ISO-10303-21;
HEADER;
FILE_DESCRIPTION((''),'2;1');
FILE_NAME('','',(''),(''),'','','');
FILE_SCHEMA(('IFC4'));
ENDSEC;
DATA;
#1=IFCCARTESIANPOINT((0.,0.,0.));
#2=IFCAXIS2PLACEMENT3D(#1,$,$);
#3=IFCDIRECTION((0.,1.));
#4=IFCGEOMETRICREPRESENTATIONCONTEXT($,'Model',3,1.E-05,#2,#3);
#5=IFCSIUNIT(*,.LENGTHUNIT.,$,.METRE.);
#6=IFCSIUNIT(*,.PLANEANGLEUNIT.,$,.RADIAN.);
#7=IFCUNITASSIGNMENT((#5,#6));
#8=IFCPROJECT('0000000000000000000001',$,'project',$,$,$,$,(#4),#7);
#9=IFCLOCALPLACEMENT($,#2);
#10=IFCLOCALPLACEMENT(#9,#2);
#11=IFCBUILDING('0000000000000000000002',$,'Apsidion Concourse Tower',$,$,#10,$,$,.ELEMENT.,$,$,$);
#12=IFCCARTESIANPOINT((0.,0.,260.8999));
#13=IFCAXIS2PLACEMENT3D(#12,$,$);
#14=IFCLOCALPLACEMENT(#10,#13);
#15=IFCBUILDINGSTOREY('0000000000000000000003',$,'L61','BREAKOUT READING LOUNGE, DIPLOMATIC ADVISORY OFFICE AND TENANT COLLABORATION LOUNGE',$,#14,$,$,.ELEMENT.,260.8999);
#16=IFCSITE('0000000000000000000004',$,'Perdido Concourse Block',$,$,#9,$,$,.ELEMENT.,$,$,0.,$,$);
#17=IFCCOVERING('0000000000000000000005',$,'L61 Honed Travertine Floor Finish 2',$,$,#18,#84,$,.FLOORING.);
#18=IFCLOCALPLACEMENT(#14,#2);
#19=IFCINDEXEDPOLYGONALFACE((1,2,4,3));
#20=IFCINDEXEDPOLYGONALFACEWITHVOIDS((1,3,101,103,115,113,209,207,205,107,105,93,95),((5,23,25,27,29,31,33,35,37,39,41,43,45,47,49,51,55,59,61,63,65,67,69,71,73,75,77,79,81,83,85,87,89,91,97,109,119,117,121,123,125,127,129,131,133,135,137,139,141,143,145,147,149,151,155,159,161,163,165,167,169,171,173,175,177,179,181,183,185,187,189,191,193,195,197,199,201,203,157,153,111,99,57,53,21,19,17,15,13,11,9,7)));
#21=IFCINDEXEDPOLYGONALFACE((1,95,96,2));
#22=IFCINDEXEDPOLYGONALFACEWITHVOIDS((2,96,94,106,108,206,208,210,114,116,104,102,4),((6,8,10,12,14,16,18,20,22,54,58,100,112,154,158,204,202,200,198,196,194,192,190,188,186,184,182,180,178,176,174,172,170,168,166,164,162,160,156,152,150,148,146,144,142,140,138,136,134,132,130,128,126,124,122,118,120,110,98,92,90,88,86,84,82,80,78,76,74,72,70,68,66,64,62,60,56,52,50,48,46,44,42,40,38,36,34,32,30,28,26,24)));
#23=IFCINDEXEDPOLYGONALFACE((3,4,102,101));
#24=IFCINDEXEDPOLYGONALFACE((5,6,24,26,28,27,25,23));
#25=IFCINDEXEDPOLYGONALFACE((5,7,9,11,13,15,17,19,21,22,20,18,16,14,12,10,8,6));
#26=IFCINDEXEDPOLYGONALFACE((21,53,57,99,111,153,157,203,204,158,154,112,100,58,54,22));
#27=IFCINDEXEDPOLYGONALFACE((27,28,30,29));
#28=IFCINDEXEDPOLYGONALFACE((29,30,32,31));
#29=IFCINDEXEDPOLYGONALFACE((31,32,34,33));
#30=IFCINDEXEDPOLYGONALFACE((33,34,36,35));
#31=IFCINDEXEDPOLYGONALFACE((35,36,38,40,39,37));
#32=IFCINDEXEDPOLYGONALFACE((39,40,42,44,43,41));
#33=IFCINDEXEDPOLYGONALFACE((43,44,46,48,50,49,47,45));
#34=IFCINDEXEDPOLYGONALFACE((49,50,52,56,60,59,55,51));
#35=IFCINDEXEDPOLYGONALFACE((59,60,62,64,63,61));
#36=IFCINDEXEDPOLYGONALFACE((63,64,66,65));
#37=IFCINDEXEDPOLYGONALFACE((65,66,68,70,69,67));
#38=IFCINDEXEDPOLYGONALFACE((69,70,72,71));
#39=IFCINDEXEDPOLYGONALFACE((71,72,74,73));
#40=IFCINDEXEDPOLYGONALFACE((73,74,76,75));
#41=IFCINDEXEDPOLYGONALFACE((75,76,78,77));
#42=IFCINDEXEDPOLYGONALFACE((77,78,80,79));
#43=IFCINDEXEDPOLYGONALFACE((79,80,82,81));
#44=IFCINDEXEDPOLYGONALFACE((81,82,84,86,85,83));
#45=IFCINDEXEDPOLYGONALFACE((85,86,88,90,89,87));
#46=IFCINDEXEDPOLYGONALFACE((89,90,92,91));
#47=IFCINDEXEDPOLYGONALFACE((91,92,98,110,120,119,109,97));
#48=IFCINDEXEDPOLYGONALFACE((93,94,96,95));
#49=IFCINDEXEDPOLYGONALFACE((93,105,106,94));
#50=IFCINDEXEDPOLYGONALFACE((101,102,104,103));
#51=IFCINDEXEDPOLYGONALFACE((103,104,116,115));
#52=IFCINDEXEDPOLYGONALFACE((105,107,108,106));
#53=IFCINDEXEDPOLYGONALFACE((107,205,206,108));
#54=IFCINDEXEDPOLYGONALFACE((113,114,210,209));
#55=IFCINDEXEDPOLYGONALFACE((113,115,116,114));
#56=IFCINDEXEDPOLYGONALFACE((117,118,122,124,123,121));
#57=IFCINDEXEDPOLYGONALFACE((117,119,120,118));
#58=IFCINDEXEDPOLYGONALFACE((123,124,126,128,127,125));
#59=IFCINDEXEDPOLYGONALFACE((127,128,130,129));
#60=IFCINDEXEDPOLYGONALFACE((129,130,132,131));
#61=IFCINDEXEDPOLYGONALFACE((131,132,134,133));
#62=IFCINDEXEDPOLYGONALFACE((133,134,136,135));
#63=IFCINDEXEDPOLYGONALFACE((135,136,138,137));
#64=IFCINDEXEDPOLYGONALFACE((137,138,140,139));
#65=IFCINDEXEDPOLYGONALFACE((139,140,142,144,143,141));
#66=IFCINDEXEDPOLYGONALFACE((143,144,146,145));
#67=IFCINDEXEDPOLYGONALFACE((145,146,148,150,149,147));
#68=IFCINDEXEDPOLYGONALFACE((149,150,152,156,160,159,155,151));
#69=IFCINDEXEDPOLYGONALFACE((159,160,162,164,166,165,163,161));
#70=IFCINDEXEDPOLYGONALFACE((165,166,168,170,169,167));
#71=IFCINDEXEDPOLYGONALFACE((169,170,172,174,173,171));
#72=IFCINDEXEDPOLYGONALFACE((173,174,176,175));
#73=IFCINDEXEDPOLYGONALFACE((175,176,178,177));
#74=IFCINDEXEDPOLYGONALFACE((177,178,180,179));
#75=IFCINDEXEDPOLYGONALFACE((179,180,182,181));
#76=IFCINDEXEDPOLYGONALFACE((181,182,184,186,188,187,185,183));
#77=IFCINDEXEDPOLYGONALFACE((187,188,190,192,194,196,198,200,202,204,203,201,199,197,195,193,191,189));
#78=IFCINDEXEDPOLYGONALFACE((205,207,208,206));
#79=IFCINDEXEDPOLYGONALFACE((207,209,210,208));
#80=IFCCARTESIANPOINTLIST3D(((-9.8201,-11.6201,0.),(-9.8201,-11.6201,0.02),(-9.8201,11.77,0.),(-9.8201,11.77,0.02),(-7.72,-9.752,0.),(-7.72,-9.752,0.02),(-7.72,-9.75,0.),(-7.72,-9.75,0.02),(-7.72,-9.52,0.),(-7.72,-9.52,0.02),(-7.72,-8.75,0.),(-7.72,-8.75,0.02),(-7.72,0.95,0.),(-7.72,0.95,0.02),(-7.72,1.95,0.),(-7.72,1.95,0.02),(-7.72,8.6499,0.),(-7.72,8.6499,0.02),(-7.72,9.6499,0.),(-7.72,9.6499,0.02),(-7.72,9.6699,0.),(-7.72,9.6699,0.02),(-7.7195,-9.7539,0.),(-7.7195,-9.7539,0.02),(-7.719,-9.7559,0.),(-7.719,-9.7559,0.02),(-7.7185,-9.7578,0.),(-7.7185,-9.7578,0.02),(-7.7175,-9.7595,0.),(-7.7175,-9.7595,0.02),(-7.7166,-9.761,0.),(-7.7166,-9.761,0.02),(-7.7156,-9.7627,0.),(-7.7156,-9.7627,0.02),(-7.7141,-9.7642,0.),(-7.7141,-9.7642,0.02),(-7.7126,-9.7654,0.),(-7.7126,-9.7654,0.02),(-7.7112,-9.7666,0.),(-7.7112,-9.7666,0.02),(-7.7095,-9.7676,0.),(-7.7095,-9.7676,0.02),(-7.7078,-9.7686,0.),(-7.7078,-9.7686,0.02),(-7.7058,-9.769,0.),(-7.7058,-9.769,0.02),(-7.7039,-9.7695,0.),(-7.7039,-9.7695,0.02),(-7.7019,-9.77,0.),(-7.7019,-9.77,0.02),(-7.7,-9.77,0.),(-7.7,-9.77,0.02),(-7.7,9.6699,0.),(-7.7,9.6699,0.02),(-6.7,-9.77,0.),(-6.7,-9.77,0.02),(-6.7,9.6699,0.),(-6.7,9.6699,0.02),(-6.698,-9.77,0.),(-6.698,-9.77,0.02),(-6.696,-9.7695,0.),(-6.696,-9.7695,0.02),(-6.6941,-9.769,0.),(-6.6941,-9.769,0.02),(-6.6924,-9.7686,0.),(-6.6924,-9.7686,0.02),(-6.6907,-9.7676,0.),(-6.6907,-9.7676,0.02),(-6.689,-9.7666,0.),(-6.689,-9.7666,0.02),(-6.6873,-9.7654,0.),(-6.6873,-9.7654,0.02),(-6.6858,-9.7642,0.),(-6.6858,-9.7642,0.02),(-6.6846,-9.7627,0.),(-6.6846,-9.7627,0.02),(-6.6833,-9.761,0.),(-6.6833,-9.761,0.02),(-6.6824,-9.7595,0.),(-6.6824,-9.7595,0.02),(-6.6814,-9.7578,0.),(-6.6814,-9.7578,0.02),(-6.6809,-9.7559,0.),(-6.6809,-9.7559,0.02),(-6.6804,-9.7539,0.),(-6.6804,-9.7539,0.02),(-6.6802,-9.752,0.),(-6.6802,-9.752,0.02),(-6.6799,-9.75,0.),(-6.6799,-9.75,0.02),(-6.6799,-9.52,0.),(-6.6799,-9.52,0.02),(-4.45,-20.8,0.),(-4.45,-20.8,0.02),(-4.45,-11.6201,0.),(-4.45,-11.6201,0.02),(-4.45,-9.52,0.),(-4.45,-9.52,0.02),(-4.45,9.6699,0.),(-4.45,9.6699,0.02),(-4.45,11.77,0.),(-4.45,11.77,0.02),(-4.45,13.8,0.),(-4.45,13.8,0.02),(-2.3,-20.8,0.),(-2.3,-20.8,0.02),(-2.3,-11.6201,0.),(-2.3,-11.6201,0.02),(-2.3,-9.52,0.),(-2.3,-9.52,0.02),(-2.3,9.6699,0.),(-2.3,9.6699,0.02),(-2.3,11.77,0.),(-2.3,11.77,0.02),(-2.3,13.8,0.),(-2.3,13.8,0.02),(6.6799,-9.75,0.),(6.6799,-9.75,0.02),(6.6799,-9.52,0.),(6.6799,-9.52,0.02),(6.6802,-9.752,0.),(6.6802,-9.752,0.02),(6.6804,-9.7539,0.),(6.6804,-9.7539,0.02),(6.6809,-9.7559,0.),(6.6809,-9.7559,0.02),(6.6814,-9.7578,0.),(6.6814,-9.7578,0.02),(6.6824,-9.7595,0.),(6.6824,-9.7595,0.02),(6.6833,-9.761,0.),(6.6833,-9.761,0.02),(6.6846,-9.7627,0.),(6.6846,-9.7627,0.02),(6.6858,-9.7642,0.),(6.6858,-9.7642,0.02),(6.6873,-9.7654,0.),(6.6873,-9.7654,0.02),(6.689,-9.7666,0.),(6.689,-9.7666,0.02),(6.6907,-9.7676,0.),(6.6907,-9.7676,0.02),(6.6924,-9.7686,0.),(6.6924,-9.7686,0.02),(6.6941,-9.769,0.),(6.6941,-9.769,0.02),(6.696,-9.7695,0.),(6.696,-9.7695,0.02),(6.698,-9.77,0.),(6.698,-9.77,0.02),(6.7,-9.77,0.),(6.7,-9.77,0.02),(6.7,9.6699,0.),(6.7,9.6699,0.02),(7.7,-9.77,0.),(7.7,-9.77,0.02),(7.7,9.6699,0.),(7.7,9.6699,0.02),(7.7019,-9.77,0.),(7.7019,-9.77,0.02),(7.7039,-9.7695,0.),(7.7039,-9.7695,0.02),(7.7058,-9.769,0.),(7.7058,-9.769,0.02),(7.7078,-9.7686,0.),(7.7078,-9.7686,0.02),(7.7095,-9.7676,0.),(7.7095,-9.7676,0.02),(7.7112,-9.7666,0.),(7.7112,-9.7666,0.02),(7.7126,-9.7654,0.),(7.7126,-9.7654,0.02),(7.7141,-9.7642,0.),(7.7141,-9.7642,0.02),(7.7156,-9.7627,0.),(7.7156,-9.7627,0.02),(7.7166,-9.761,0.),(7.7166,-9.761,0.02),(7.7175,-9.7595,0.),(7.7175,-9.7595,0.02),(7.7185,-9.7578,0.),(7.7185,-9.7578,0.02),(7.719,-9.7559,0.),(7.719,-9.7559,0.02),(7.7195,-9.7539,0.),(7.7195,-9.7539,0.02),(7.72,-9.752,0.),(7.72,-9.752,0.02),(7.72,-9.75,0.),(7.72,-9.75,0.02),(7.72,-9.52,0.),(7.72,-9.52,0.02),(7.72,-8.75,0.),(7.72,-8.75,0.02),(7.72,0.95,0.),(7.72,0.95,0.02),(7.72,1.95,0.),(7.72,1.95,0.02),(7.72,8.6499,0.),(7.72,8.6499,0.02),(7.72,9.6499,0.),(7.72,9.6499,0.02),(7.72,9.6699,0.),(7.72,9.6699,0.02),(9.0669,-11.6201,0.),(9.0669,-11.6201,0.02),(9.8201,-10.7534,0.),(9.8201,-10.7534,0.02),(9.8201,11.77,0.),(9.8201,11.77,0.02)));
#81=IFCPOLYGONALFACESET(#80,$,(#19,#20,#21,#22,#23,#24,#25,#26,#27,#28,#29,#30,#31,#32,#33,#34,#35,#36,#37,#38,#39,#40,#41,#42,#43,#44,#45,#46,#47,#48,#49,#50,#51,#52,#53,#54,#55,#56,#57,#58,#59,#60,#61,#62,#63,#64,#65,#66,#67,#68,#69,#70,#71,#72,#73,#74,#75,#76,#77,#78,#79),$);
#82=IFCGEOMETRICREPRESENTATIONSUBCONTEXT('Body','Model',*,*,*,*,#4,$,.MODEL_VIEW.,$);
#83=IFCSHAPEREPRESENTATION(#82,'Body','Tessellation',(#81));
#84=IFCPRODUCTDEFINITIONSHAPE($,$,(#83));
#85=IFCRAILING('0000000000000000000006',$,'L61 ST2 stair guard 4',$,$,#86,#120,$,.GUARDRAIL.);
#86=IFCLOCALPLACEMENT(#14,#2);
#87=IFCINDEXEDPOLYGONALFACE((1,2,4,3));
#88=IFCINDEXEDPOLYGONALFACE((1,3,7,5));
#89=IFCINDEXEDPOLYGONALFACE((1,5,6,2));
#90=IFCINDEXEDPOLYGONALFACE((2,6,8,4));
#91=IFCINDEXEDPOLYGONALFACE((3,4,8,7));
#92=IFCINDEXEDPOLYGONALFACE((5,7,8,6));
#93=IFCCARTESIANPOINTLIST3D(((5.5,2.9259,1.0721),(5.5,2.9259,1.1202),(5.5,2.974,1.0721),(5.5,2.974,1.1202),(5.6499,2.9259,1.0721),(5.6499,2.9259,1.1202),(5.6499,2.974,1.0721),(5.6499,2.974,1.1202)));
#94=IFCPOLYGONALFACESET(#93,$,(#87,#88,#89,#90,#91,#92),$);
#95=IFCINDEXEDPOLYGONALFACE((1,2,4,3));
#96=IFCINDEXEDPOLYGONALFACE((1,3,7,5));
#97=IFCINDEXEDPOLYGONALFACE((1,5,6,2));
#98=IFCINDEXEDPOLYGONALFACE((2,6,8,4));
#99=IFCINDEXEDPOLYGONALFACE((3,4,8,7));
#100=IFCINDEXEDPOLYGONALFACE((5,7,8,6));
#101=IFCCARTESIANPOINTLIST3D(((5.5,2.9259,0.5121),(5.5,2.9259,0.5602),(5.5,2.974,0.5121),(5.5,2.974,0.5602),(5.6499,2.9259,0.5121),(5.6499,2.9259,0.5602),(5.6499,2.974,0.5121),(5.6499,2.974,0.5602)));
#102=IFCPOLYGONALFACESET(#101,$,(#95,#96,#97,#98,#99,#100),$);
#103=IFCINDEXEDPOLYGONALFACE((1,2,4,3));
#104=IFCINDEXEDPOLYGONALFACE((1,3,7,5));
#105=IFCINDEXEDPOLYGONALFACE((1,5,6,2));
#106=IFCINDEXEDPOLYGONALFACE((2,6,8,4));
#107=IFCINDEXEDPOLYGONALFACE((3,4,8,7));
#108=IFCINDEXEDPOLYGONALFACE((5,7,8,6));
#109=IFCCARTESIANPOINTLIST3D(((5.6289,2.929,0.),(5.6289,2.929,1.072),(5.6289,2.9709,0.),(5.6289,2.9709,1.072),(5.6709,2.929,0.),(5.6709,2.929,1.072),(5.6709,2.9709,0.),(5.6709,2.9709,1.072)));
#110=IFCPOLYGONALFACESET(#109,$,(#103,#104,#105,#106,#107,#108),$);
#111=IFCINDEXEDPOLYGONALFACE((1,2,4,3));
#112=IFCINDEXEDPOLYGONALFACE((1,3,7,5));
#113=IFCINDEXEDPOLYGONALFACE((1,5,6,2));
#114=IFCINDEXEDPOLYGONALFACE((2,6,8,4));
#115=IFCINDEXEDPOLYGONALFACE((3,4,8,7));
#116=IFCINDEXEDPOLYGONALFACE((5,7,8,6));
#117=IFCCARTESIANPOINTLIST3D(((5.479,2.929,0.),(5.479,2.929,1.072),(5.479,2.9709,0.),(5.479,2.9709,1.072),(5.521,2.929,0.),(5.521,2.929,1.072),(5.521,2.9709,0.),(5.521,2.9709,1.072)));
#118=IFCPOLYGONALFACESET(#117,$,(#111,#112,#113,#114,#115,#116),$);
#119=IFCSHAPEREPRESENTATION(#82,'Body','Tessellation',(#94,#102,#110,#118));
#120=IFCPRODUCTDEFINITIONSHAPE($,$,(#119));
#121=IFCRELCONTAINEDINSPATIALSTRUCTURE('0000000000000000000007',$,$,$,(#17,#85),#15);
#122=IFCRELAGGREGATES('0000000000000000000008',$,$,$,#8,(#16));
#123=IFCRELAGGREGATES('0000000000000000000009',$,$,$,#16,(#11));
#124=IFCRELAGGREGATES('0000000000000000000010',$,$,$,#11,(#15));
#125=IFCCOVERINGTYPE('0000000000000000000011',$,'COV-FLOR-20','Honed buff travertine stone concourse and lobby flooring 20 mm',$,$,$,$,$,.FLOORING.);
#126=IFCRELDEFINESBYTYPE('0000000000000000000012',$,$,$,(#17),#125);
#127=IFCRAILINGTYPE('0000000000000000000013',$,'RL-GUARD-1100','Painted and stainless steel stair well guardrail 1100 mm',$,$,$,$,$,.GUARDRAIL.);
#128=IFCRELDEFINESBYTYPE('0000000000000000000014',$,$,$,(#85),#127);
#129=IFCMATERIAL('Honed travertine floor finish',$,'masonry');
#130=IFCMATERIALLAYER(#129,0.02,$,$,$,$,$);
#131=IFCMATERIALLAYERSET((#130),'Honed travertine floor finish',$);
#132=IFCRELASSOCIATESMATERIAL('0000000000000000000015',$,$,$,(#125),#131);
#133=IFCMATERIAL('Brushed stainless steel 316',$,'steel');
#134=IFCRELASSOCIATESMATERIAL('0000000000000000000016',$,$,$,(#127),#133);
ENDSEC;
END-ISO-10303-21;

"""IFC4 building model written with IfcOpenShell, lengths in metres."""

from ifc_helpers import new_model, si_unit, direction, frame, origin, origin_2d, place, context, subcontext, project, spatial, polyline, rectangle, outline, extrude, material, layer, layer_set, type_object, element, save


model = new_model("IFC4")

# Units and contexts
model_context = context("Model", 3, precision=1e-05, world=origin(), true_north=direction((0.0, 1.0)))
body_context = subcontext(model_context, "Body", "Model", "MODEL_VIEW")
ifc_project = project(units=[si_unit("LENGTHUNIT", "METRE"), si_unit("PLANEANGLEUNIT", "RADIAN")], contexts=[model_context])

# Site, building, storey
site_placement = place(None, origin())
site = spatial("IfcSite", under=ifc_project, at=site_placement, Name="Perdido Concourse Block", CompositionType="ELEMENT", RefElevation=0.0)
building_placement = place(site_placement, origin())
building = spatial("IfcBuilding", under=site, at=building_placement, Name="Apsidion Concourse Tower", CompositionType="ELEMENT")
storey_placement = place(building_placement, frame((0.0, 0.0, 260.8999)))
storey = spatial("IfcBuildingStorey", under=building, at=storey_placement, Name="L61", Description="BREAKOUT READING LOUNGE, DIPLOMATIC ADVISORY OFFICE AND TENANT COLLABORATION LOUNGE", CompositionType="ELEMENT", Elevation=260.8999)

# Shared definitions
ifc_material_1 = material(Name="Brushed stainless steel 316", Category="steel")

# Covering
ifc_material_2 = material(Name="Honed travertine floor finish", Category="masonry")
ifc_layer_1 = layer(ifc_material_2, 0.02)
ifc_layer_set_1 = layer_set([ifc_layer_1], Name="Honed travertine floor finish")
covering_type_1 = type_object("IfcCoveringType", Name="COV-FLOR-20", Description="Honed buff travertine stone concourse and lobby flooring 20 mm", PredefinedType="FLOORING", material=ifc_layer_set_1)
covering_1_placement = place(storey_placement, origin())
element("IfcCovering", 1, at=covering_1_placement, inside=storey, type_object=covering_type_1, Name="L61 Honed Travertine Floor Finish 2", PredefinedType="FLOORING", context=body_context, shape_type="SweptSolid", body=[
    extrude(outline(polyline([(-9.8201, -11.6201), (-9.8201, 11.77), (-4.45, 11.77), (-4.45, 13.8), (-2.3, 13.8), (-2.3, 11.77), (9.8201, 11.77), (9.8201, -10.7534), (9.0669, -11.6201), (-2.3, -11.6201), (-2.3, -20.8), (-4.45, -20.8), (-4.45, -11.6201), (-9.8201, -11.6201)]), holes=[polyline([(7.7, 9.6699), (6.7, 9.6699), (-2.3, 9.6699), (-4.45, 9.6699), (-6.7, 9.6699), (-7.7, 9.6699), (-7.72, 9.6699), (-7.72, 9.6499), (-7.72, 8.6499), (-7.72, 1.95), (-7.72, 0.95), (-7.72, -8.75), (-7.72, -9.52), (-7.72, -9.75), (-7.72, -9.752), (-7.7195, -9.7539), (-7.719, -9.7559), (-7.7185, -9.7578), (-7.7175, -9.7595), (-7.7166, -9.761), (-7.7156, -9.7627), (-7.7141, -9.7642), (-7.7126, -9.7654), (-7.7112, -9.7666), (-7.7095, -9.7676), (-7.7078, -9.7686), (-7.7058, -9.769), (-7.7039, -9.7695), (-7.7019, -9.77), (-7.7, -9.77), (-6.7, -9.77), (-6.698, -9.77), (-6.696, -9.7695), (-6.6941, -9.769), (-6.6924, -9.7686), (-6.6907, -9.7676), (-6.689, -9.7666), (-6.6873, -9.7654), (-6.6858, -9.7642), (-6.6846, -9.7627), (-6.6833, -9.761), (-6.6824, -9.7595), (-6.6814, -9.7578), (-6.6809, -9.7559), (-6.6804, -9.7539), (-6.6802, -9.752), (-6.6799, -9.75), (-6.6799, -9.52), (-4.45, -9.52), (-2.3, -9.52), (6.6799, -9.52), (6.6799, -9.75), (6.6802, -9.752), (6.6804, -9.7539), (6.6809, -9.7559), (6.6814, -9.7578), (6.6824, -9.7595), (6.6833, -9.761), (6.6846, -9.7627), (6.6858, -9.7642), (6.6873, -9.7654), (6.689, -9.7666), (6.6907, -9.7676), (6.6924, -9.7686), (6.6941, -9.769), (6.696, -9.7695), (6.698, -9.77), (6.7, -9.77), (7.7, -9.77), (7.7019, -9.77), (7.7039, -9.7695), (7.7058, -9.769), (7.7078, -9.7686), (7.7095, -9.7676), (7.7112, -9.7666), (7.7126, -9.7654), (7.7141, -9.7642), (7.7156, -9.7627), (7.7166, -9.761), (7.7175, -9.7595), (7.7185, -9.7578), (7.719, -9.7559), (7.7195, -9.7539), (7.72, -9.752), (7.72, -9.75), (7.72, -9.52), (7.72, -8.75), (7.72, 0.95), (7.72, 1.95), (7.72, 8.6499), (7.72, 9.6499), (7.72, 9.6699), (7.7, 9.6699)])]), origin(), (0.0, 0.0, 1.0), 0.02),
])

# Railing
railing_type = type_object("IfcRailingType", Name="RL-GUARD-1100", Description="Painted and stainless steel stair well guardrail 1100 mm", PredefinedType="GUARDRAIL", material=ifc_material_1)
railing_placement = place(storey_placement, frame((5.6499, 2.95, 0.0)))
element("IfcRailing", 2, at=railing_placement, inside=storey, type_object=railing_type, Name="L61 ST2 stair guard 4", PredefinedType="GUARDRAIL", context=body_context, shape_type="SweptSolid", body=[
    extrude(rectangle(XDim=0.0481, YDim=0.0481, at=origin_2d()), frame((0.0, 0.0, 1.0962), z_axis=(-1.0, 0.0, 0.0), x_axis=(0.0, -1.0, 0.0)), (0.0, 0.0, 1.0), 0.1499),
    extrude(rectangle(XDim=0.0481, YDim=0.0481, at=origin_2d()), frame((0.0, 0.0, 0.5361), z_axis=(-1.0, 0.0, 0.0), x_axis=(0.0, -1.0, 0.0)), (0.0, 0.0, 1.0), 0.1499),
    extrude(rectangle(XDim=0.042, YDim=0.042, at=origin_2d()), origin(), (0.0, 0.0, 1.0), 1.072),
    extrude(rectangle(XDim=0.042, YDim=0.042, at=origin_2d()), frame((-0.1499, 0.0, 0.0)), (0.0, 0.0, 1.0), 1.072),
])

save(model, "model.ifc")
